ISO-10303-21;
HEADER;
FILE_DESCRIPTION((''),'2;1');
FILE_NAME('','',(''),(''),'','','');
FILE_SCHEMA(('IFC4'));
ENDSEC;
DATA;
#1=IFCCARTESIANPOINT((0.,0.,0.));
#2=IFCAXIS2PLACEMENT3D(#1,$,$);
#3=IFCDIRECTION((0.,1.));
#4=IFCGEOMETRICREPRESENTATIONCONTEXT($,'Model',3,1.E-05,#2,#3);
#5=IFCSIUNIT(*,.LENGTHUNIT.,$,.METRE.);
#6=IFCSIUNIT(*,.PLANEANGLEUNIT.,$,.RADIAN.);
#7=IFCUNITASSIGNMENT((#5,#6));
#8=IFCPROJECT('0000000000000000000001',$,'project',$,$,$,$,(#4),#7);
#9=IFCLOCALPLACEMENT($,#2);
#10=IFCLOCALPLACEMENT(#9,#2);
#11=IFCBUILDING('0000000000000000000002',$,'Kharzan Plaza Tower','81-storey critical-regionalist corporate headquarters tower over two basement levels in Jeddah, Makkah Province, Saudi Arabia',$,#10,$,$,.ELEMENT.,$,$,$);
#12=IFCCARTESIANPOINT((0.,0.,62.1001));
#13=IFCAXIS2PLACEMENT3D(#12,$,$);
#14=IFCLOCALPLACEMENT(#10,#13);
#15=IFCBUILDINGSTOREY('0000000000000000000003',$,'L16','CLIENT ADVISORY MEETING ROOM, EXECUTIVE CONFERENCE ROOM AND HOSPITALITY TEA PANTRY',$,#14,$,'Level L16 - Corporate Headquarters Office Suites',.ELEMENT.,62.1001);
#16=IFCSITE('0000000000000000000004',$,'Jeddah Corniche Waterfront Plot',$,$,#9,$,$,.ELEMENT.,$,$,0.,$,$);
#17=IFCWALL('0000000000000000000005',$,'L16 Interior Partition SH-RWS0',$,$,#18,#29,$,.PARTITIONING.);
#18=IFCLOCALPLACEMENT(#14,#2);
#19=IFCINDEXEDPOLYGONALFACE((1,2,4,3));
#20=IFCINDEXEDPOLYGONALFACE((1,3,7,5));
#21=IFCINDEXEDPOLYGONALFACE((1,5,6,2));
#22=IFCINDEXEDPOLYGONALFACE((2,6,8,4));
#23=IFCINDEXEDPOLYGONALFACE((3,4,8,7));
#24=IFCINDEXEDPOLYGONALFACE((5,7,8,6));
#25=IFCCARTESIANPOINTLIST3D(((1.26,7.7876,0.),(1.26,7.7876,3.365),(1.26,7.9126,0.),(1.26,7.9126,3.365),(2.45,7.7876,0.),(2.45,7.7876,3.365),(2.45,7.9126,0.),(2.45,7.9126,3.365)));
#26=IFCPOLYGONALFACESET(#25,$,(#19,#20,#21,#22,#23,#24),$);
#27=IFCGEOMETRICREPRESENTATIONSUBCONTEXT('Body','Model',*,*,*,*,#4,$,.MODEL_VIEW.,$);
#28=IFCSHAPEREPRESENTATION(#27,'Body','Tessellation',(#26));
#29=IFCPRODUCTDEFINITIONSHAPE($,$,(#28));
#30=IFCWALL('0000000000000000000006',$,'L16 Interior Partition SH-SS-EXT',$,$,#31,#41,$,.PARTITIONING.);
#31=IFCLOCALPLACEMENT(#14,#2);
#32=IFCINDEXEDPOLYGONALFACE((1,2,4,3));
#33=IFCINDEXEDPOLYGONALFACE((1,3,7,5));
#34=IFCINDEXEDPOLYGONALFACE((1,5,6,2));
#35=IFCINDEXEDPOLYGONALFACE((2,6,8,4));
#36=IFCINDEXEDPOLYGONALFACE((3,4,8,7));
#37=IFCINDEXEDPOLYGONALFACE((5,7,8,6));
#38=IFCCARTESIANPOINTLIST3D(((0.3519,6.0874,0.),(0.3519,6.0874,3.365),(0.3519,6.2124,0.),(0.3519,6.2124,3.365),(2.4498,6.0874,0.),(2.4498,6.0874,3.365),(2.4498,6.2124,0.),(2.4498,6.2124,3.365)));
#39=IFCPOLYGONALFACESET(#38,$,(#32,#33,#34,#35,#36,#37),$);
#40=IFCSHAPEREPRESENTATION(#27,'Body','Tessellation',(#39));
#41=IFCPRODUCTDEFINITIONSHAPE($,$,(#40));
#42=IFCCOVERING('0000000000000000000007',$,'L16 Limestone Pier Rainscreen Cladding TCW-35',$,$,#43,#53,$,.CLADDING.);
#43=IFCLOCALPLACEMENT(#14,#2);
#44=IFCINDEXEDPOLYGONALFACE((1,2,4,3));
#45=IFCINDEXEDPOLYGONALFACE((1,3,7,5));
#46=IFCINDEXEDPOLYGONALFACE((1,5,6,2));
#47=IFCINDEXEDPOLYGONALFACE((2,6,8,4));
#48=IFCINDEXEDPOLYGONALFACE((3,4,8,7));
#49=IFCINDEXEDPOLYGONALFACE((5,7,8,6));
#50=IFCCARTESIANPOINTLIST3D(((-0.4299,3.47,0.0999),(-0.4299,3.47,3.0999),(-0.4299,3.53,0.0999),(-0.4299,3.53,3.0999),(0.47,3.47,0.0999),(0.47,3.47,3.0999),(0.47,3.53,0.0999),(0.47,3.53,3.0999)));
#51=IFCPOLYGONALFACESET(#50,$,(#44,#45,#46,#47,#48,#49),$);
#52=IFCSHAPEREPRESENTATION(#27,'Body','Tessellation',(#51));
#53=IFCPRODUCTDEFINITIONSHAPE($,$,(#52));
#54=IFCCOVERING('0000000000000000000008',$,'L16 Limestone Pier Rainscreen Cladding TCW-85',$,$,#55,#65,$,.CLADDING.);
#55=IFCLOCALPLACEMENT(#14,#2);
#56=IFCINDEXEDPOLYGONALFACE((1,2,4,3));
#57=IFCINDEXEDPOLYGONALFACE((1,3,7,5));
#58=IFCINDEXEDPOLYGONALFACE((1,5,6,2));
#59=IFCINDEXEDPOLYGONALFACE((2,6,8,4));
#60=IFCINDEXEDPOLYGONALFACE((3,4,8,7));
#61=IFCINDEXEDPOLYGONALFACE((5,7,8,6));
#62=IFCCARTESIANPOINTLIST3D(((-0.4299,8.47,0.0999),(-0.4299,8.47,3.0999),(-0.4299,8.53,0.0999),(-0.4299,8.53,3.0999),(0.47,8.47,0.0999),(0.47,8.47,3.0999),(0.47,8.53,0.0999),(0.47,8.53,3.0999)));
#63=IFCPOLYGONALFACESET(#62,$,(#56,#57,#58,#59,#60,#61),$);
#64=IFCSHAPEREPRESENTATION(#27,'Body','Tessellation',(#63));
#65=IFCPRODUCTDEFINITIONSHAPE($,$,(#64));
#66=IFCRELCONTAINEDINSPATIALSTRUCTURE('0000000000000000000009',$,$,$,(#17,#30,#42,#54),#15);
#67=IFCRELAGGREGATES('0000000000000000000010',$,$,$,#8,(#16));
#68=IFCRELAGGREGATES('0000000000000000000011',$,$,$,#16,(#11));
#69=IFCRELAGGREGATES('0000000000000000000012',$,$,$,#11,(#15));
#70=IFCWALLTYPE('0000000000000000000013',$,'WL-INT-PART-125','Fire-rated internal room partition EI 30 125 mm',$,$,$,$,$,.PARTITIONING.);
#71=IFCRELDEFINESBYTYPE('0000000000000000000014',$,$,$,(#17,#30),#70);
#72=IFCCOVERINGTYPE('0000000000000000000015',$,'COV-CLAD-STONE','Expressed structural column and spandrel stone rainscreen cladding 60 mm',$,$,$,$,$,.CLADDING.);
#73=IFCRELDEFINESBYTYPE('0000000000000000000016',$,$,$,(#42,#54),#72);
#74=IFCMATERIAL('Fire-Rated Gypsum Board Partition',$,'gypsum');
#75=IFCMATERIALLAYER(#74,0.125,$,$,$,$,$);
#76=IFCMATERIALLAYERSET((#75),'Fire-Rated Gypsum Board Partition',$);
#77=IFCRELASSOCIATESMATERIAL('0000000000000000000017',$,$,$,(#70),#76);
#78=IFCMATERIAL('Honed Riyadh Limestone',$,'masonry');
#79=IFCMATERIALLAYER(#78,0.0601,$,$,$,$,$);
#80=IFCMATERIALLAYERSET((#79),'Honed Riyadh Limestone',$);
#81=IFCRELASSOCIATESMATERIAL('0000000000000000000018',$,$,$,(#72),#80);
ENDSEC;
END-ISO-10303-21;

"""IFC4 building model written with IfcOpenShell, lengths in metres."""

from ifc_helpers import new_model, si_unit, direction, frame, frame_2d, origin, origin_2d, place, context, subcontext, project, spatial, rectangle, extrude, source, transform, mapped, material, layer, layer_set, type_object, element, save


model = new_model("IFC4")

# Units and contexts
model_context = context("Model", 3, precision=1e-05, world=origin(), true_north=direction((0.0, 1.0)))
body_context = subcontext(model_context, "Body", "Model", "MODEL_VIEW")
ifc_project = project(units=[si_unit("LENGTHUNIT", "METRE"), si_unit("PLANEANGLEUNIT", "RADIAN")], contexts=[model_context])

# Site, building, storey
site_placement = place(None, origin())
site = spatial("IfcSite", under=ifc_project, at=site_placement, Name="Jeddah Corniche Waterfront Plot", CompositionType="ELEMENT", RefElevation=0.0)
building_placement = place(site_placement, origin())
building = spatial("IfcBuilding", under=site, at=building_placement, Name="Kharzan Plaza Tower", Description="81-storey critical-regionalist corporate headquarters tower over two basement levels in Jeddah, Makkah Province, Saudi Arabia", CompositionType="ELEMENT")
storey_placement = place(building_placement, frame((0.0, 0.0, 62.1001)))
storey = spatial("IfcBuildingStorey", under=building, at=storey_placement, Name="L16", Description="CLIENT ADVISORY MEETING ROOM, EXECUTIVE CONFERENCE ROOM AND HOSPITALITY TEA PANTRY", LongName="Level L16 - Corporate Headquarters Office Suites", CompositionType="ELEMENT", Elevation=62.1001)

# Shared definitions
ifc_material_1 = material(Name="Fire-Rated Gypsum Board Partition", Category="gypsum")
ifc_layer_1 = layer(ifc_material_1, 0.125)
ifc_layer_set_1 = layer_set([ifc_layer_1], Name="Fire-Rated Gypsum Board Partition")
wall_type_1 = type_object("IfcWallType", Name="WL-INT-PART-125", Description="Fire-rated internal room partition EI 30 125 mm", PredefinedType="PARTITIONING", material=ifc_layer_set_1)

# Walls
shared_shape_1 = source(origin(), body_context, "Body", "SweptSolid", [
    extrude(rectangle(XDim=1.1899, YDim=0.125, at=frame_2d((0.595, 0.0))), origin(), (0.0, 0.0, 1.0), 3.365),
])
wall_1_placement = place(storey_placement, frame((1.26, 7.8501, 0.0), z_axis=(0.0, 0.0, 1.0), x_axis=(1.0, 0.0, 0.0)))
element("IfcWall", 1, at=wall_1_placement, inside=storey, type_object=wall_type_1, Name="L16 Interior Partition SH-RWS0", PredefinedType="PARTITIONING", context=body_context, shape_type="MappedRepresentation", body=[
    mapped(shared_shape_1, transform((0.0, 0.0, 0.0), x_axis=(1.0, 0.0, 0.0), y_axis=(0.0, 1.0, 0.0), z_axis=(0.0, 0.0, 1.0))),
])
shared_shape_2 = source(origin(), body_context, "Body", "SweptSolid", [
    extrude(rectangle(XDim=2.0979, YDim=0.125, at=frame_2d((1.0488, 0.0))), origin(), (0.0, 0.0, 1.0), 3.365),
])
wall_2_placement = place(storey_placement, frame((0.3521, 6.1499, 0.0), z_axis=(0.0, 0.0, 1.0), x_axis=(1.0, 0.0, 0.0)))
element("IfcWall", 2, at=wall_2_placement, inside=storey, type_object=wall_type_1, Name="L16 Interior Partition SH-SS-EXT", PredefinedType="PARTITIONING", context=body_context, shape_type="MappedRepresentation", body=[
    mapped(shared_shape_2, transform((0.0, 0.0, 0.0), x_axis=(1.0, 0.0, 0.0), y_axis=(0.0, 1.0, 0.0), z_axis=(0.0, 0.0, 1.0))),
])

# Coverings
ifc_material_2 = material(Name="Honed Riyadh Limestone", Category="masonry")
ifc_layer_2 = layer(ifc_material_2, 0.0601)
ifc_layer_set_2 = layer_set([ifc_layer_2], Name="Honed Riyadh Limestone")
covering_type = type_object("IfcCoveringType", Name="COV-CLAD-STONE", Description="Expressed structural column and spandrel stone rainscreen cladding 60 mm", PredefinedType="CLADDING", material=ifc_layer_set_2)
shared_shape_3 = source(origin(), body_context, "Body", "SweptSolid", [
    extrude(rectangle(XDim=0.0601, YDim=0.8999, at=origin_2d()), origin(), (0.0, 0.0, 1.0), 3.0),
])
for number, where, z_axis, x_axis, name in (
    (3, (0.02, 3.5, 0.0999), (0.0, 0.0, 1.0), (0.0, 1.0, 0.0), "L16 Limestone Pier Rainscreen Cladding TCW-35"),
    (4, (0.02, 8.5, 0.0999), (0.0, 0.0, 1.0), (0.0, 1.0, 0.0), "L16 Limestone Pier Rainscreen Cladding TCW-85"),
):
    element("IfcCovering", number, at=place(storey_placement, frame(where, z_axis=z_axis, x_axis=x_axis)), inside=storey, type_object=covering_type, Name=name, PredefinedType="CLADDING", context=body_context, shape_type="MappedRepresentation", body=[
        mapped(shared_shape_3, transform((0.0, 0.0, 0.0), x_axis=(1.0, 0.0, 0.0), y_axis=(0.0, 1.0, 0.0), z_axis=(0.0, 0.0, 1.0))),
    ])

save(model, "model.ifc")
